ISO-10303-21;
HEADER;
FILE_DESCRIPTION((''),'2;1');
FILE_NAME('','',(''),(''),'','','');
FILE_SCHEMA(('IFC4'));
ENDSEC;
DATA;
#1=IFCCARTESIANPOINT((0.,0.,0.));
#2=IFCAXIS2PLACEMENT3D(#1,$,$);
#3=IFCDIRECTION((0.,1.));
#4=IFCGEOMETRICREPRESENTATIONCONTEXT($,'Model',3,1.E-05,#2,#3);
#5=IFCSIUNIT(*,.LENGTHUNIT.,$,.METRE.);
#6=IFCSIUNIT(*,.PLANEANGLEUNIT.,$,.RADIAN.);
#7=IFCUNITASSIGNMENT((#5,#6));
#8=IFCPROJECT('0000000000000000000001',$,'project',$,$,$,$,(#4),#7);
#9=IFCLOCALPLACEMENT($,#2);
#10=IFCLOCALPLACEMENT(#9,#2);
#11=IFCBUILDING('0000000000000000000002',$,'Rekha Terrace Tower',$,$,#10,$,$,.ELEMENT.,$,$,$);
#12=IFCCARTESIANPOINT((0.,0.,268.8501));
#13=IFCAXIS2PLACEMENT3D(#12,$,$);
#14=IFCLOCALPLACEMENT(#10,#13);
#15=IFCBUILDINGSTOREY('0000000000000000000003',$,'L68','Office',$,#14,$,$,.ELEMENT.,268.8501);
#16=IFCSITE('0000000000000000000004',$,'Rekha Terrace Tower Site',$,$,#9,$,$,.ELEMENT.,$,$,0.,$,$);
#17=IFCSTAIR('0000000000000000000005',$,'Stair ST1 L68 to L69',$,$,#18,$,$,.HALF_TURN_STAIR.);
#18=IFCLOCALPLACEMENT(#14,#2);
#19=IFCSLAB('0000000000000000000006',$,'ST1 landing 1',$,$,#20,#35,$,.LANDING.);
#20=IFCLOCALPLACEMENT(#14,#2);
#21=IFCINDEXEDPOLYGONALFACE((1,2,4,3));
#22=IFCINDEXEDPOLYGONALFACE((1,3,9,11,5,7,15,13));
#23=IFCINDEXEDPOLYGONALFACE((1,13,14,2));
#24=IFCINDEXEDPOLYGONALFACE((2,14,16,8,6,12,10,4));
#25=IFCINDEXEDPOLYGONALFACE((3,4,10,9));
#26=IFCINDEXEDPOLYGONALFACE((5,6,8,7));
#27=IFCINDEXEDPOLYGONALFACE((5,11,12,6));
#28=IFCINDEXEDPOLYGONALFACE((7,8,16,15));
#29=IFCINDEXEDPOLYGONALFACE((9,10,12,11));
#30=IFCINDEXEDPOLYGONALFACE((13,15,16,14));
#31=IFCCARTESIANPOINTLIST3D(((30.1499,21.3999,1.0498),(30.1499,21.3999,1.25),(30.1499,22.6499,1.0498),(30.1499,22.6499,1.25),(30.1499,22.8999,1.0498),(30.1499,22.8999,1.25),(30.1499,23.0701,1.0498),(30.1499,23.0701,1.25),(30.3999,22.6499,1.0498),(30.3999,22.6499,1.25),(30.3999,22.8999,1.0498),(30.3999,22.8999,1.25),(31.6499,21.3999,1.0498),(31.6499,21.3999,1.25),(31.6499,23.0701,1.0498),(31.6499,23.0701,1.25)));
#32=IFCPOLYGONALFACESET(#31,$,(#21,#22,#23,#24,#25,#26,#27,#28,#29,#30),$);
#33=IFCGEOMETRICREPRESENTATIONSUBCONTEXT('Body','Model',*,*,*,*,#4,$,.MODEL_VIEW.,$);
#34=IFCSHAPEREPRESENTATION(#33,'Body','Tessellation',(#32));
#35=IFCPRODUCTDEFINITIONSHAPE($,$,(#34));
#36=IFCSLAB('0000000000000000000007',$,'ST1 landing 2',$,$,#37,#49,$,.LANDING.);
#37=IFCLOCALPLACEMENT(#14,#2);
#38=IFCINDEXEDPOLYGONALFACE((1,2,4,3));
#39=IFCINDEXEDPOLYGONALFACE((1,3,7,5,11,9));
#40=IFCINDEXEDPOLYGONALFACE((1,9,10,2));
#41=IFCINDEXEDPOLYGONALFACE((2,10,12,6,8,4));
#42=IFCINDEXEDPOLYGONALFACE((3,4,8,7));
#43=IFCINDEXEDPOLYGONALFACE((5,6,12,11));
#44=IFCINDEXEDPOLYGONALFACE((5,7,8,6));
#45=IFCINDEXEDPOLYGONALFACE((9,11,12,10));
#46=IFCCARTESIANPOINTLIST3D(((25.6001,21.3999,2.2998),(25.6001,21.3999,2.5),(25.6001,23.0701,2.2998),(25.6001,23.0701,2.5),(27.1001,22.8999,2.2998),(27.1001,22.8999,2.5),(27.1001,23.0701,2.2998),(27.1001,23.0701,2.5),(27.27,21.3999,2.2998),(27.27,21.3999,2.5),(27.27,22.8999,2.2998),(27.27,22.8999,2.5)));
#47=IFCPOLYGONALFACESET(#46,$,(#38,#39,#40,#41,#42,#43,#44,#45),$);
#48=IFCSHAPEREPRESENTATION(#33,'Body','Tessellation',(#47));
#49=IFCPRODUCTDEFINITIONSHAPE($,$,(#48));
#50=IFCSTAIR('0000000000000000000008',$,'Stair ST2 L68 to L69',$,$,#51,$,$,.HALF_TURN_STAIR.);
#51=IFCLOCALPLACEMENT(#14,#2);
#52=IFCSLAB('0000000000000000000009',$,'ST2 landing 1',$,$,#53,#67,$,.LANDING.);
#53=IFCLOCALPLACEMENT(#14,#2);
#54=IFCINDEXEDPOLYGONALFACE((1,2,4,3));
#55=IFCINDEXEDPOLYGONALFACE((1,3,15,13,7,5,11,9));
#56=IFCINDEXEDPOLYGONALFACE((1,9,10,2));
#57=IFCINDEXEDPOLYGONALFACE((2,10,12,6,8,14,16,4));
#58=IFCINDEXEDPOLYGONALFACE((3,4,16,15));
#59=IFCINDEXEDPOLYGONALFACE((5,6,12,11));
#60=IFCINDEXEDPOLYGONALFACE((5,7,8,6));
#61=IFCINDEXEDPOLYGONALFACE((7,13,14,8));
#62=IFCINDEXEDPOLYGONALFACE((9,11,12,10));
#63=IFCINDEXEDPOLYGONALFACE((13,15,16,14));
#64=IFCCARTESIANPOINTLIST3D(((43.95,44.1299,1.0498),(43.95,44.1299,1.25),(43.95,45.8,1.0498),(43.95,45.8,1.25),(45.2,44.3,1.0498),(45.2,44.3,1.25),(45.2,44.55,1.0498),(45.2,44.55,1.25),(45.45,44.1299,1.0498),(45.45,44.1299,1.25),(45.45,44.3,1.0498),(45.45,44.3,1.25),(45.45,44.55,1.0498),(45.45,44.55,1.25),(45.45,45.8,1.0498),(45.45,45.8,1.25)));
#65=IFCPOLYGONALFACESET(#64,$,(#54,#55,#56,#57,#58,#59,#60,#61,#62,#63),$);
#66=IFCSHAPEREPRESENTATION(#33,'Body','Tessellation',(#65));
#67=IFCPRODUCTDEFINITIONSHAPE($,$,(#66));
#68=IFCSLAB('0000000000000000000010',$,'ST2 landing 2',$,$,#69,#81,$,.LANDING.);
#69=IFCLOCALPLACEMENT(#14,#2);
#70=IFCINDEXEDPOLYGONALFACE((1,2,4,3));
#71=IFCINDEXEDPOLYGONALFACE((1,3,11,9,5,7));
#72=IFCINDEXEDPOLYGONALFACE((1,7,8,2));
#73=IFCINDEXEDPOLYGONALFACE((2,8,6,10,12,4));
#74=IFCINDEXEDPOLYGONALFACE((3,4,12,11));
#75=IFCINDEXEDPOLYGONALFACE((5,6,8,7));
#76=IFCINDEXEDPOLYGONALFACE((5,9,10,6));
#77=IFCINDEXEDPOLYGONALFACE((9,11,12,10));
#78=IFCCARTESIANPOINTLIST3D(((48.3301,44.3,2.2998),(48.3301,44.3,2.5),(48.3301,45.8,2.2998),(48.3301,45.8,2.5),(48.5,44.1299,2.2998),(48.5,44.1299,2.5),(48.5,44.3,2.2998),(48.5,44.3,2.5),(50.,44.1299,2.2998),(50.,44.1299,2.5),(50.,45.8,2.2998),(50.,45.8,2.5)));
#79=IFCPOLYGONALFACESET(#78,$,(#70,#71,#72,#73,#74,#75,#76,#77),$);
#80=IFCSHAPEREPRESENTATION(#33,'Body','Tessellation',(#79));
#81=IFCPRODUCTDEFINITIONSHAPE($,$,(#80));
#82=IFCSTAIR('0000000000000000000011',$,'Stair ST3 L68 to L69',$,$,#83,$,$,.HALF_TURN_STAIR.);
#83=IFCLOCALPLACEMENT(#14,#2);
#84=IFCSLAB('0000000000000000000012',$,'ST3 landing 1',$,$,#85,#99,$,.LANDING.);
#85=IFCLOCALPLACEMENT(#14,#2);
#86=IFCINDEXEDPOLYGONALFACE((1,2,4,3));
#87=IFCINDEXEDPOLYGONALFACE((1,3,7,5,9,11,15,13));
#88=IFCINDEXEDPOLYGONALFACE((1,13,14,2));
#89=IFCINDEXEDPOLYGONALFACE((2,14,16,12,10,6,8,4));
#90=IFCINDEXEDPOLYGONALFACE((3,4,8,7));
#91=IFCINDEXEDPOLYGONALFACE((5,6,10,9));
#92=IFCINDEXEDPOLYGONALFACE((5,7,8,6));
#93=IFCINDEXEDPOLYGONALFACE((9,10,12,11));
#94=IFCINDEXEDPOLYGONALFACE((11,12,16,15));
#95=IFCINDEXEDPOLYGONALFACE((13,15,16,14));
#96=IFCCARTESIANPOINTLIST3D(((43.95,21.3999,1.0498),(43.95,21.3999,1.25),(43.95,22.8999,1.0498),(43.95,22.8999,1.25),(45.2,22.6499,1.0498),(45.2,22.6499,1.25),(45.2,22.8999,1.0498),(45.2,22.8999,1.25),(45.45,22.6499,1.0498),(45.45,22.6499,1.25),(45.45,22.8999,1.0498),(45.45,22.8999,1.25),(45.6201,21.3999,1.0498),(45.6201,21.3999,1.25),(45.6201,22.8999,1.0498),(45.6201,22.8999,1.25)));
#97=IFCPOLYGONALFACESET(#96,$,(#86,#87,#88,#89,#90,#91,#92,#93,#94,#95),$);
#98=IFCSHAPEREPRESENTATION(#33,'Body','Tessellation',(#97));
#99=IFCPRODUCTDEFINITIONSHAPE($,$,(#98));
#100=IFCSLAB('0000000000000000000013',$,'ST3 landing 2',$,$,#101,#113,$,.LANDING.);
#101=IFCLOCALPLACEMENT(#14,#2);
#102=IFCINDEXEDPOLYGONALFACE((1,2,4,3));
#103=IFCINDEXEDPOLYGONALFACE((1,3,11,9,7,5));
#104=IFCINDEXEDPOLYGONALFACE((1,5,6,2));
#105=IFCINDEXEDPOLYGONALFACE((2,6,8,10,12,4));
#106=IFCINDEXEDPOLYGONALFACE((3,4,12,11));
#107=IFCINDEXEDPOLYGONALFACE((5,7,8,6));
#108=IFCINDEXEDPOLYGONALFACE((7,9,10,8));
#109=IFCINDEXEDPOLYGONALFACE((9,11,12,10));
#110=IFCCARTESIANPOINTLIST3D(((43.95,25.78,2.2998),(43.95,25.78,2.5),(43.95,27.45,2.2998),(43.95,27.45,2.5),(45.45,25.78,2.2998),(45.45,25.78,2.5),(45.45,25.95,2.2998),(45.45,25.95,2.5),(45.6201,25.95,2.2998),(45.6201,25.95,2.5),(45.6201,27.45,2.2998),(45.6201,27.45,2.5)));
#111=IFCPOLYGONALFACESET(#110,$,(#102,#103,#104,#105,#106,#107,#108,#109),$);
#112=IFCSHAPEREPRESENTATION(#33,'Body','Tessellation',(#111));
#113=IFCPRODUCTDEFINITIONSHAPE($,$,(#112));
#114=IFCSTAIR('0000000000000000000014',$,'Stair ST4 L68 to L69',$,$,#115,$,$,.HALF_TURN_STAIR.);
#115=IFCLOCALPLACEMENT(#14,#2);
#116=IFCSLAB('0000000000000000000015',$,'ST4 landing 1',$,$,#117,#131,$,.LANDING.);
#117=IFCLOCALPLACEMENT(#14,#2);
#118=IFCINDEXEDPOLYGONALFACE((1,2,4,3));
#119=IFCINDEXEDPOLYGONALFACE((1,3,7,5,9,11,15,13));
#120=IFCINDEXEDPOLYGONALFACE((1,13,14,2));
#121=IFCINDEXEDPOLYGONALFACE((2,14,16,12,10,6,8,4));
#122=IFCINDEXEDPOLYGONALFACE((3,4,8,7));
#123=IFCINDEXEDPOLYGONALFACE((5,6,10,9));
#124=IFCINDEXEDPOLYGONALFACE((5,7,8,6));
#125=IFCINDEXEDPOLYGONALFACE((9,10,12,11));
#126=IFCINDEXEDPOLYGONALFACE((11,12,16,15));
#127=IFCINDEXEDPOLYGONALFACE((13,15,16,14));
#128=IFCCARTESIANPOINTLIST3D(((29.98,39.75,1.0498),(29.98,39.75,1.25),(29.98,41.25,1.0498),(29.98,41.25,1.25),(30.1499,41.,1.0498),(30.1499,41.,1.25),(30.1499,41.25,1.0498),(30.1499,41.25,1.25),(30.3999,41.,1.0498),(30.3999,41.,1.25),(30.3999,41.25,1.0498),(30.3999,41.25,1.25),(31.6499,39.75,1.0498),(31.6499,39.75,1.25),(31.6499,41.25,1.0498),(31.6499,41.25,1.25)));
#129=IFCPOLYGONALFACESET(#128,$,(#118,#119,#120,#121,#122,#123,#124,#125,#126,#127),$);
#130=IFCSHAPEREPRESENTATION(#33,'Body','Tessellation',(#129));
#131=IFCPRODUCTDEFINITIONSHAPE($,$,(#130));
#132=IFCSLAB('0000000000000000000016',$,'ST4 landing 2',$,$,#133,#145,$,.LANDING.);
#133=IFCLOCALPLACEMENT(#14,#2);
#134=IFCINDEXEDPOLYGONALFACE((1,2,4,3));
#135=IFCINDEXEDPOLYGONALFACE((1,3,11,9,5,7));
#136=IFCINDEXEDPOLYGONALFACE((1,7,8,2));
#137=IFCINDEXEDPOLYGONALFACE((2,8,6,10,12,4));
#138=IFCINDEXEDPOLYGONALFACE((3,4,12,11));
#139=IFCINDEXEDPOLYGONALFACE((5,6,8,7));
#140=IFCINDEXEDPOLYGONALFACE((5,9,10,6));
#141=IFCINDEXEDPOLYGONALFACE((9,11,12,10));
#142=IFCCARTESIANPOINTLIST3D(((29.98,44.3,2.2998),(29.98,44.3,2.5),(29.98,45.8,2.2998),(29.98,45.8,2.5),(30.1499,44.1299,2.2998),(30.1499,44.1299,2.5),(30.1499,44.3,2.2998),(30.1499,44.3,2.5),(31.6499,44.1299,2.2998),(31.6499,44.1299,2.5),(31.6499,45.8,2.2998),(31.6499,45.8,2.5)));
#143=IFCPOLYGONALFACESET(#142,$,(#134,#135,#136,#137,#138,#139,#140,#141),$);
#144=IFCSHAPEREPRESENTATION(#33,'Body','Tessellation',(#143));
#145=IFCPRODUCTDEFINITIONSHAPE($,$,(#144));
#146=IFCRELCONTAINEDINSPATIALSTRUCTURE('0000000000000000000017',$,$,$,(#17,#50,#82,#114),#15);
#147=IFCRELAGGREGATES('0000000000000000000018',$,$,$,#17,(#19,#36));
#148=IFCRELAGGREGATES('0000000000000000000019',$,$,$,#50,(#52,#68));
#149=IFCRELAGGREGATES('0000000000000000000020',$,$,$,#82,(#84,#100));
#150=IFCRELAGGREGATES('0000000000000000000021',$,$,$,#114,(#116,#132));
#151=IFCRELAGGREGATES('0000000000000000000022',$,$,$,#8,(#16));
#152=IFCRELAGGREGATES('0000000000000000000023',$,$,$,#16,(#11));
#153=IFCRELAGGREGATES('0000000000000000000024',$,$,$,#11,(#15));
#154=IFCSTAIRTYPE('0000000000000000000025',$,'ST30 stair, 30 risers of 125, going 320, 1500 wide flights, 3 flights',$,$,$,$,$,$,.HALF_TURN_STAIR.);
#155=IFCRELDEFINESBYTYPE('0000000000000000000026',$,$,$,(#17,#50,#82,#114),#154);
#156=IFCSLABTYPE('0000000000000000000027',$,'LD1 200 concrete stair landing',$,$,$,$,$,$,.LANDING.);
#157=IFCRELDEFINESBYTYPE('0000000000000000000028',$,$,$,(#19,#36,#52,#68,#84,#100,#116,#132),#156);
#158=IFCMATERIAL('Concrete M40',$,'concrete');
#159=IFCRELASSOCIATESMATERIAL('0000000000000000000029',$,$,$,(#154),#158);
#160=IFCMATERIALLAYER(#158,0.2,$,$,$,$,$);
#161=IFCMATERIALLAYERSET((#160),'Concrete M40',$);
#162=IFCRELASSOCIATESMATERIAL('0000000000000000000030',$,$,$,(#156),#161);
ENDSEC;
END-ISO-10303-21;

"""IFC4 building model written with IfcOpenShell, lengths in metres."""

from ifc_helpers import new_model, si_unit, direction, frame, origin, place, context, subcontext, project, spatial, polyline, outline, extrude, material, layer, layer_set, type_object, element, aggregate, save


model = new_model("IFC4")

# Units and contexts
model_context = context("Model", 3, precision=1e-05, world=origin(), true_north=direction((0.0, 1.0)))
body_context = subcontext(model_context, "Body", "Model", "MODEL_VIEW")
ifc_project = project(units=[si_unit("LENGTHUNIT", "METRE"), si_unit("PLANEANGLEUNIT", "RADIAN")], contexts=[model_context])

# Site, building, storey
site_placement = place(None, origin())
site = spatial("IfcSite", under=ifc_project, at=site_placement, Name="Rekha Terrace Tower Site", CompositionType="ELEMENT", RefElevation=0.0)
building_placement = place(site_placement, origin())
building = spatial("IfcBuilding", under=site, at=building_placement, Name="Rekha Terrace Tower", CompositionType="ELEMENT")
storey_placement = place(building_placement, frame((0.0, 0.0, 268.8501)))
storey = spatial("IfcBuildingStorey", under=building, at=storey_placement, Name="L68", Description="Office", CompositionType="ELEMENT", Elevation=268.8501)

# Stairs, slabs
ifc_material_1 = material(Name="Concrete M40", Category="concrete")
stair_type = type_object("IfcStairType", Name="ST30 stair, 30 risers of 125, going 320, 1500 wide flights, 3 flights", PredefinedType="HALF_TURN_STAIR", material=ifc_material_1)
stair_1_placement = place(storey_placement, origin())
stair_1 = element("IfcStair", 1, at=stair_1_placement, inside=storey, type_object=stair_type, Name="Stair ST1 L68 to L69", PredefinedType="HALF_TURN_STAIR")
ifc_layer_1 = layer(ifc_material_1, 0.2)
ifc_layer_set_1 = layer_set([ifc_layer_1], Name="Concrete M40")
slab_type_1 = type_object("IfcSlabType", Name="LD1 200 concrete stair landing", PredefinedType="LANDING", material=ifc_layer_set_1)
slab_1_placement = place(storey_placement, frame((0.0, 0.0, 1.0498)))
slab_1 = element("IfcSlab", 2, at=slab_1_placement, type_object=slab_type_1, Name="ST1 landing 1", PredefinedType="LANDING", context=body_context, shape_type="SweptSolid", body=[
    extrude(outline(polyline([(30.1499, 21.3999), (31.6499, 21.3999), (31.6499, 23.0701), (30.1499, 23.0701), (30.1499, 22.8999), (30.3999, 22.8999), (30.3999, 22.6499), (30.1499, 22.6499), (30.1499, 21.3999)])), origin(), (0.0, 0.0, 1.0), 0.2002),
])
slab_2_placement = place(storey_placement, frame((0.0, 0.0, 2.2998)))
slab_2 = element("IfcSlab", 3, at=slab_2_placement, type_object=slab_type_1, Name="ST1 landing 2", PredefinedType="LANDING", context=body_context, shape_type="SweptSolid", body=[
    extrude(outline(polyline([(27.1001, 23.0701), (25.6001, 23.0701), (25.6001, 21.3999), (27.27, 21.3999), (27.27, 22.8999), (27.1001, 22.8999), (27.1001, 23.0701)])), origin(), (0.0, 0.0, 1.0), 0.2002),
])
aggregate(stair_1, [slab_1, slab_2])
stair_2_placement = place(storey_placement, origin())
stair_2 = element("IfcStair", 4, at=stair_2_placement, inside=storey, type_object=stair_type, Name="Stair ST2 L68 to L69", PredefinedType="HALF_TURN_STAIR")
slab_3_placement = place(storey_placement, frame((0.0, 0.0, 1.0498)))
slab_3 = element("IfcSlab", 5, at=slab_3_placement, type_object=slab_type_1, Name="ST2 landing 1", PredefinedType="LANDING", context=body_context, shape_type="SweptSolid", body=[
    extrude(outline(polyline([(45.45, 45.8), (43.95, 45.8), (43.95, 44.1299), (45.45, 44.1299), (45.45, 44.3), (45.2, 44.3), (45.2, 44.55), (45.45, 44.55), (45.45, 45.8)])), origin(), (0.0, 0.0, 1.0), 0.2002),
])
slab_4_placement = place(storey_placement, frame((0.0, 0.0, 2.2998)))
slab_4 = element("IfcSlab", 6, at=slab_4_placement, type_object=slab_type_1, Name="ST2 landing 2", PredefinedType="LANDING", context=body_context, shape_type="SweptSolid", body=[
    extrude(outline(polyline([(48.5, 44.1299), (50.0, 44.1299), (50.0, 45.8), (48.3301, 45.8), (48.3301, 44.3), (48.5, 44.3), (48.5, 44.1299)])), origin(), (0.0, 0.0, 1.0), 0.2002),
])
aggregate(stair_2, [slab_3, slab_4])
stair_3_placement = place(storey_placement, origin())
stair_3 = element("IfcStair", 7, at=stair_3_placement, inside=storey, type_object=stair_type, Name="Stair ST3 L68 to L69", PredefinedType="HALF_TURN_STAIR")
slab_5_placement = place(storey_placement, frame((0.0, 0.0, 1.0498)))
slab_5 = element("IfcSlab", 8, at=slab_5_placement, type_object=slab_type_1, Name="ST3 landing 1", PredefinedType="LANDING", context=body_context, shape_type="SweptSolid", body=[
    extrude(outline(polyline([(43.95, 22.8999), (43.95, 21.3999), (45.6201, 21.3999), (45.6201, 22.8999), (45.45, 22.8999), (45.45, 22.6499), (45.2, 22.6499), (45.2, 22.8999), (43.95, 22.8999)])), origin(), (0.0, 0.0, 1.0), 0.2002),
])
slab_6_placement = place(storey_placement, frame((0.0, 0.0, 2.2998)))
slab_6 = element("IfcSlab", 9, at=slab_6_placement, type_object=slab_type_1, Name="ST3 landing 2", PredefinedType="LANDING", context=body_context, shape_type="SweptSolid", body=[
    extrude(outline(polyline([(45.6201, 25.95), (45.6201, 27.45), (43.95, 27.45), (43.95, 25.78), (45.45, 25.78), (45.45, 25.95), (45.6201, 25.95)])), origin(), (0.0, 0.0, 1.0), 0.2002),
])
aggregate(stair_3, [slab_5, slab_6])
stair_4_placement = place(storey_placement, origin())
stair_4 = element("IfcStair", 10, at=stair_4_placement, inside=storey, type_object=stair_type, Name="Stair ST4 L68 to L69", PredefinedType="HALF_TURN_STAIR")
slab_7_placement = place(storey_placement, frame((0.0, 0.0, 1.0498)))
slab_7 = element("IfcSlab", 11, at=slab_7_placement, type_object=slab_type_1, Name="ST4 landing 1", PredefinedType="LANDING", context=body_context, shape_type="SweptSolid", body=[
    extrude(outline(polyline([(31.6499, 41.25), (31.6499, 39.75), (29.98, 39.75), (29.98, 41.25), (30.1499, 41.25), (30.1499, 41.0), (30.3999, 41.0), (30.3999, 41.25), (31.6499, 41.25)])), origin(), (0.0, 0.0, 1.0), 0.2002),
])
slab_8_placement = place(storey_placement, frame((0.0, 0.0, 2.2998)))
slab_8 = element("IfcSlab", 12, at=slab_8_placement, type_object=slab_type_1, Name="ST4 landing 2", PredefinedType="LANDING", context=body_context, shape_type="SweptSolid", body=[
    extrude(outline(polyline([(29.98, 44.3), (29.98, 45.8), (31.6499, 45.8), (31.6499, 44.1299), (30.1499, 44.1299), (30.1499, 44.3), (29.98, 44.3)])), origin(), (0.0, 0.0, 1.0), 0.2002),
])
aggregate(stair_4, [slab_7, slab_8])

save(model, "model.ifc")
